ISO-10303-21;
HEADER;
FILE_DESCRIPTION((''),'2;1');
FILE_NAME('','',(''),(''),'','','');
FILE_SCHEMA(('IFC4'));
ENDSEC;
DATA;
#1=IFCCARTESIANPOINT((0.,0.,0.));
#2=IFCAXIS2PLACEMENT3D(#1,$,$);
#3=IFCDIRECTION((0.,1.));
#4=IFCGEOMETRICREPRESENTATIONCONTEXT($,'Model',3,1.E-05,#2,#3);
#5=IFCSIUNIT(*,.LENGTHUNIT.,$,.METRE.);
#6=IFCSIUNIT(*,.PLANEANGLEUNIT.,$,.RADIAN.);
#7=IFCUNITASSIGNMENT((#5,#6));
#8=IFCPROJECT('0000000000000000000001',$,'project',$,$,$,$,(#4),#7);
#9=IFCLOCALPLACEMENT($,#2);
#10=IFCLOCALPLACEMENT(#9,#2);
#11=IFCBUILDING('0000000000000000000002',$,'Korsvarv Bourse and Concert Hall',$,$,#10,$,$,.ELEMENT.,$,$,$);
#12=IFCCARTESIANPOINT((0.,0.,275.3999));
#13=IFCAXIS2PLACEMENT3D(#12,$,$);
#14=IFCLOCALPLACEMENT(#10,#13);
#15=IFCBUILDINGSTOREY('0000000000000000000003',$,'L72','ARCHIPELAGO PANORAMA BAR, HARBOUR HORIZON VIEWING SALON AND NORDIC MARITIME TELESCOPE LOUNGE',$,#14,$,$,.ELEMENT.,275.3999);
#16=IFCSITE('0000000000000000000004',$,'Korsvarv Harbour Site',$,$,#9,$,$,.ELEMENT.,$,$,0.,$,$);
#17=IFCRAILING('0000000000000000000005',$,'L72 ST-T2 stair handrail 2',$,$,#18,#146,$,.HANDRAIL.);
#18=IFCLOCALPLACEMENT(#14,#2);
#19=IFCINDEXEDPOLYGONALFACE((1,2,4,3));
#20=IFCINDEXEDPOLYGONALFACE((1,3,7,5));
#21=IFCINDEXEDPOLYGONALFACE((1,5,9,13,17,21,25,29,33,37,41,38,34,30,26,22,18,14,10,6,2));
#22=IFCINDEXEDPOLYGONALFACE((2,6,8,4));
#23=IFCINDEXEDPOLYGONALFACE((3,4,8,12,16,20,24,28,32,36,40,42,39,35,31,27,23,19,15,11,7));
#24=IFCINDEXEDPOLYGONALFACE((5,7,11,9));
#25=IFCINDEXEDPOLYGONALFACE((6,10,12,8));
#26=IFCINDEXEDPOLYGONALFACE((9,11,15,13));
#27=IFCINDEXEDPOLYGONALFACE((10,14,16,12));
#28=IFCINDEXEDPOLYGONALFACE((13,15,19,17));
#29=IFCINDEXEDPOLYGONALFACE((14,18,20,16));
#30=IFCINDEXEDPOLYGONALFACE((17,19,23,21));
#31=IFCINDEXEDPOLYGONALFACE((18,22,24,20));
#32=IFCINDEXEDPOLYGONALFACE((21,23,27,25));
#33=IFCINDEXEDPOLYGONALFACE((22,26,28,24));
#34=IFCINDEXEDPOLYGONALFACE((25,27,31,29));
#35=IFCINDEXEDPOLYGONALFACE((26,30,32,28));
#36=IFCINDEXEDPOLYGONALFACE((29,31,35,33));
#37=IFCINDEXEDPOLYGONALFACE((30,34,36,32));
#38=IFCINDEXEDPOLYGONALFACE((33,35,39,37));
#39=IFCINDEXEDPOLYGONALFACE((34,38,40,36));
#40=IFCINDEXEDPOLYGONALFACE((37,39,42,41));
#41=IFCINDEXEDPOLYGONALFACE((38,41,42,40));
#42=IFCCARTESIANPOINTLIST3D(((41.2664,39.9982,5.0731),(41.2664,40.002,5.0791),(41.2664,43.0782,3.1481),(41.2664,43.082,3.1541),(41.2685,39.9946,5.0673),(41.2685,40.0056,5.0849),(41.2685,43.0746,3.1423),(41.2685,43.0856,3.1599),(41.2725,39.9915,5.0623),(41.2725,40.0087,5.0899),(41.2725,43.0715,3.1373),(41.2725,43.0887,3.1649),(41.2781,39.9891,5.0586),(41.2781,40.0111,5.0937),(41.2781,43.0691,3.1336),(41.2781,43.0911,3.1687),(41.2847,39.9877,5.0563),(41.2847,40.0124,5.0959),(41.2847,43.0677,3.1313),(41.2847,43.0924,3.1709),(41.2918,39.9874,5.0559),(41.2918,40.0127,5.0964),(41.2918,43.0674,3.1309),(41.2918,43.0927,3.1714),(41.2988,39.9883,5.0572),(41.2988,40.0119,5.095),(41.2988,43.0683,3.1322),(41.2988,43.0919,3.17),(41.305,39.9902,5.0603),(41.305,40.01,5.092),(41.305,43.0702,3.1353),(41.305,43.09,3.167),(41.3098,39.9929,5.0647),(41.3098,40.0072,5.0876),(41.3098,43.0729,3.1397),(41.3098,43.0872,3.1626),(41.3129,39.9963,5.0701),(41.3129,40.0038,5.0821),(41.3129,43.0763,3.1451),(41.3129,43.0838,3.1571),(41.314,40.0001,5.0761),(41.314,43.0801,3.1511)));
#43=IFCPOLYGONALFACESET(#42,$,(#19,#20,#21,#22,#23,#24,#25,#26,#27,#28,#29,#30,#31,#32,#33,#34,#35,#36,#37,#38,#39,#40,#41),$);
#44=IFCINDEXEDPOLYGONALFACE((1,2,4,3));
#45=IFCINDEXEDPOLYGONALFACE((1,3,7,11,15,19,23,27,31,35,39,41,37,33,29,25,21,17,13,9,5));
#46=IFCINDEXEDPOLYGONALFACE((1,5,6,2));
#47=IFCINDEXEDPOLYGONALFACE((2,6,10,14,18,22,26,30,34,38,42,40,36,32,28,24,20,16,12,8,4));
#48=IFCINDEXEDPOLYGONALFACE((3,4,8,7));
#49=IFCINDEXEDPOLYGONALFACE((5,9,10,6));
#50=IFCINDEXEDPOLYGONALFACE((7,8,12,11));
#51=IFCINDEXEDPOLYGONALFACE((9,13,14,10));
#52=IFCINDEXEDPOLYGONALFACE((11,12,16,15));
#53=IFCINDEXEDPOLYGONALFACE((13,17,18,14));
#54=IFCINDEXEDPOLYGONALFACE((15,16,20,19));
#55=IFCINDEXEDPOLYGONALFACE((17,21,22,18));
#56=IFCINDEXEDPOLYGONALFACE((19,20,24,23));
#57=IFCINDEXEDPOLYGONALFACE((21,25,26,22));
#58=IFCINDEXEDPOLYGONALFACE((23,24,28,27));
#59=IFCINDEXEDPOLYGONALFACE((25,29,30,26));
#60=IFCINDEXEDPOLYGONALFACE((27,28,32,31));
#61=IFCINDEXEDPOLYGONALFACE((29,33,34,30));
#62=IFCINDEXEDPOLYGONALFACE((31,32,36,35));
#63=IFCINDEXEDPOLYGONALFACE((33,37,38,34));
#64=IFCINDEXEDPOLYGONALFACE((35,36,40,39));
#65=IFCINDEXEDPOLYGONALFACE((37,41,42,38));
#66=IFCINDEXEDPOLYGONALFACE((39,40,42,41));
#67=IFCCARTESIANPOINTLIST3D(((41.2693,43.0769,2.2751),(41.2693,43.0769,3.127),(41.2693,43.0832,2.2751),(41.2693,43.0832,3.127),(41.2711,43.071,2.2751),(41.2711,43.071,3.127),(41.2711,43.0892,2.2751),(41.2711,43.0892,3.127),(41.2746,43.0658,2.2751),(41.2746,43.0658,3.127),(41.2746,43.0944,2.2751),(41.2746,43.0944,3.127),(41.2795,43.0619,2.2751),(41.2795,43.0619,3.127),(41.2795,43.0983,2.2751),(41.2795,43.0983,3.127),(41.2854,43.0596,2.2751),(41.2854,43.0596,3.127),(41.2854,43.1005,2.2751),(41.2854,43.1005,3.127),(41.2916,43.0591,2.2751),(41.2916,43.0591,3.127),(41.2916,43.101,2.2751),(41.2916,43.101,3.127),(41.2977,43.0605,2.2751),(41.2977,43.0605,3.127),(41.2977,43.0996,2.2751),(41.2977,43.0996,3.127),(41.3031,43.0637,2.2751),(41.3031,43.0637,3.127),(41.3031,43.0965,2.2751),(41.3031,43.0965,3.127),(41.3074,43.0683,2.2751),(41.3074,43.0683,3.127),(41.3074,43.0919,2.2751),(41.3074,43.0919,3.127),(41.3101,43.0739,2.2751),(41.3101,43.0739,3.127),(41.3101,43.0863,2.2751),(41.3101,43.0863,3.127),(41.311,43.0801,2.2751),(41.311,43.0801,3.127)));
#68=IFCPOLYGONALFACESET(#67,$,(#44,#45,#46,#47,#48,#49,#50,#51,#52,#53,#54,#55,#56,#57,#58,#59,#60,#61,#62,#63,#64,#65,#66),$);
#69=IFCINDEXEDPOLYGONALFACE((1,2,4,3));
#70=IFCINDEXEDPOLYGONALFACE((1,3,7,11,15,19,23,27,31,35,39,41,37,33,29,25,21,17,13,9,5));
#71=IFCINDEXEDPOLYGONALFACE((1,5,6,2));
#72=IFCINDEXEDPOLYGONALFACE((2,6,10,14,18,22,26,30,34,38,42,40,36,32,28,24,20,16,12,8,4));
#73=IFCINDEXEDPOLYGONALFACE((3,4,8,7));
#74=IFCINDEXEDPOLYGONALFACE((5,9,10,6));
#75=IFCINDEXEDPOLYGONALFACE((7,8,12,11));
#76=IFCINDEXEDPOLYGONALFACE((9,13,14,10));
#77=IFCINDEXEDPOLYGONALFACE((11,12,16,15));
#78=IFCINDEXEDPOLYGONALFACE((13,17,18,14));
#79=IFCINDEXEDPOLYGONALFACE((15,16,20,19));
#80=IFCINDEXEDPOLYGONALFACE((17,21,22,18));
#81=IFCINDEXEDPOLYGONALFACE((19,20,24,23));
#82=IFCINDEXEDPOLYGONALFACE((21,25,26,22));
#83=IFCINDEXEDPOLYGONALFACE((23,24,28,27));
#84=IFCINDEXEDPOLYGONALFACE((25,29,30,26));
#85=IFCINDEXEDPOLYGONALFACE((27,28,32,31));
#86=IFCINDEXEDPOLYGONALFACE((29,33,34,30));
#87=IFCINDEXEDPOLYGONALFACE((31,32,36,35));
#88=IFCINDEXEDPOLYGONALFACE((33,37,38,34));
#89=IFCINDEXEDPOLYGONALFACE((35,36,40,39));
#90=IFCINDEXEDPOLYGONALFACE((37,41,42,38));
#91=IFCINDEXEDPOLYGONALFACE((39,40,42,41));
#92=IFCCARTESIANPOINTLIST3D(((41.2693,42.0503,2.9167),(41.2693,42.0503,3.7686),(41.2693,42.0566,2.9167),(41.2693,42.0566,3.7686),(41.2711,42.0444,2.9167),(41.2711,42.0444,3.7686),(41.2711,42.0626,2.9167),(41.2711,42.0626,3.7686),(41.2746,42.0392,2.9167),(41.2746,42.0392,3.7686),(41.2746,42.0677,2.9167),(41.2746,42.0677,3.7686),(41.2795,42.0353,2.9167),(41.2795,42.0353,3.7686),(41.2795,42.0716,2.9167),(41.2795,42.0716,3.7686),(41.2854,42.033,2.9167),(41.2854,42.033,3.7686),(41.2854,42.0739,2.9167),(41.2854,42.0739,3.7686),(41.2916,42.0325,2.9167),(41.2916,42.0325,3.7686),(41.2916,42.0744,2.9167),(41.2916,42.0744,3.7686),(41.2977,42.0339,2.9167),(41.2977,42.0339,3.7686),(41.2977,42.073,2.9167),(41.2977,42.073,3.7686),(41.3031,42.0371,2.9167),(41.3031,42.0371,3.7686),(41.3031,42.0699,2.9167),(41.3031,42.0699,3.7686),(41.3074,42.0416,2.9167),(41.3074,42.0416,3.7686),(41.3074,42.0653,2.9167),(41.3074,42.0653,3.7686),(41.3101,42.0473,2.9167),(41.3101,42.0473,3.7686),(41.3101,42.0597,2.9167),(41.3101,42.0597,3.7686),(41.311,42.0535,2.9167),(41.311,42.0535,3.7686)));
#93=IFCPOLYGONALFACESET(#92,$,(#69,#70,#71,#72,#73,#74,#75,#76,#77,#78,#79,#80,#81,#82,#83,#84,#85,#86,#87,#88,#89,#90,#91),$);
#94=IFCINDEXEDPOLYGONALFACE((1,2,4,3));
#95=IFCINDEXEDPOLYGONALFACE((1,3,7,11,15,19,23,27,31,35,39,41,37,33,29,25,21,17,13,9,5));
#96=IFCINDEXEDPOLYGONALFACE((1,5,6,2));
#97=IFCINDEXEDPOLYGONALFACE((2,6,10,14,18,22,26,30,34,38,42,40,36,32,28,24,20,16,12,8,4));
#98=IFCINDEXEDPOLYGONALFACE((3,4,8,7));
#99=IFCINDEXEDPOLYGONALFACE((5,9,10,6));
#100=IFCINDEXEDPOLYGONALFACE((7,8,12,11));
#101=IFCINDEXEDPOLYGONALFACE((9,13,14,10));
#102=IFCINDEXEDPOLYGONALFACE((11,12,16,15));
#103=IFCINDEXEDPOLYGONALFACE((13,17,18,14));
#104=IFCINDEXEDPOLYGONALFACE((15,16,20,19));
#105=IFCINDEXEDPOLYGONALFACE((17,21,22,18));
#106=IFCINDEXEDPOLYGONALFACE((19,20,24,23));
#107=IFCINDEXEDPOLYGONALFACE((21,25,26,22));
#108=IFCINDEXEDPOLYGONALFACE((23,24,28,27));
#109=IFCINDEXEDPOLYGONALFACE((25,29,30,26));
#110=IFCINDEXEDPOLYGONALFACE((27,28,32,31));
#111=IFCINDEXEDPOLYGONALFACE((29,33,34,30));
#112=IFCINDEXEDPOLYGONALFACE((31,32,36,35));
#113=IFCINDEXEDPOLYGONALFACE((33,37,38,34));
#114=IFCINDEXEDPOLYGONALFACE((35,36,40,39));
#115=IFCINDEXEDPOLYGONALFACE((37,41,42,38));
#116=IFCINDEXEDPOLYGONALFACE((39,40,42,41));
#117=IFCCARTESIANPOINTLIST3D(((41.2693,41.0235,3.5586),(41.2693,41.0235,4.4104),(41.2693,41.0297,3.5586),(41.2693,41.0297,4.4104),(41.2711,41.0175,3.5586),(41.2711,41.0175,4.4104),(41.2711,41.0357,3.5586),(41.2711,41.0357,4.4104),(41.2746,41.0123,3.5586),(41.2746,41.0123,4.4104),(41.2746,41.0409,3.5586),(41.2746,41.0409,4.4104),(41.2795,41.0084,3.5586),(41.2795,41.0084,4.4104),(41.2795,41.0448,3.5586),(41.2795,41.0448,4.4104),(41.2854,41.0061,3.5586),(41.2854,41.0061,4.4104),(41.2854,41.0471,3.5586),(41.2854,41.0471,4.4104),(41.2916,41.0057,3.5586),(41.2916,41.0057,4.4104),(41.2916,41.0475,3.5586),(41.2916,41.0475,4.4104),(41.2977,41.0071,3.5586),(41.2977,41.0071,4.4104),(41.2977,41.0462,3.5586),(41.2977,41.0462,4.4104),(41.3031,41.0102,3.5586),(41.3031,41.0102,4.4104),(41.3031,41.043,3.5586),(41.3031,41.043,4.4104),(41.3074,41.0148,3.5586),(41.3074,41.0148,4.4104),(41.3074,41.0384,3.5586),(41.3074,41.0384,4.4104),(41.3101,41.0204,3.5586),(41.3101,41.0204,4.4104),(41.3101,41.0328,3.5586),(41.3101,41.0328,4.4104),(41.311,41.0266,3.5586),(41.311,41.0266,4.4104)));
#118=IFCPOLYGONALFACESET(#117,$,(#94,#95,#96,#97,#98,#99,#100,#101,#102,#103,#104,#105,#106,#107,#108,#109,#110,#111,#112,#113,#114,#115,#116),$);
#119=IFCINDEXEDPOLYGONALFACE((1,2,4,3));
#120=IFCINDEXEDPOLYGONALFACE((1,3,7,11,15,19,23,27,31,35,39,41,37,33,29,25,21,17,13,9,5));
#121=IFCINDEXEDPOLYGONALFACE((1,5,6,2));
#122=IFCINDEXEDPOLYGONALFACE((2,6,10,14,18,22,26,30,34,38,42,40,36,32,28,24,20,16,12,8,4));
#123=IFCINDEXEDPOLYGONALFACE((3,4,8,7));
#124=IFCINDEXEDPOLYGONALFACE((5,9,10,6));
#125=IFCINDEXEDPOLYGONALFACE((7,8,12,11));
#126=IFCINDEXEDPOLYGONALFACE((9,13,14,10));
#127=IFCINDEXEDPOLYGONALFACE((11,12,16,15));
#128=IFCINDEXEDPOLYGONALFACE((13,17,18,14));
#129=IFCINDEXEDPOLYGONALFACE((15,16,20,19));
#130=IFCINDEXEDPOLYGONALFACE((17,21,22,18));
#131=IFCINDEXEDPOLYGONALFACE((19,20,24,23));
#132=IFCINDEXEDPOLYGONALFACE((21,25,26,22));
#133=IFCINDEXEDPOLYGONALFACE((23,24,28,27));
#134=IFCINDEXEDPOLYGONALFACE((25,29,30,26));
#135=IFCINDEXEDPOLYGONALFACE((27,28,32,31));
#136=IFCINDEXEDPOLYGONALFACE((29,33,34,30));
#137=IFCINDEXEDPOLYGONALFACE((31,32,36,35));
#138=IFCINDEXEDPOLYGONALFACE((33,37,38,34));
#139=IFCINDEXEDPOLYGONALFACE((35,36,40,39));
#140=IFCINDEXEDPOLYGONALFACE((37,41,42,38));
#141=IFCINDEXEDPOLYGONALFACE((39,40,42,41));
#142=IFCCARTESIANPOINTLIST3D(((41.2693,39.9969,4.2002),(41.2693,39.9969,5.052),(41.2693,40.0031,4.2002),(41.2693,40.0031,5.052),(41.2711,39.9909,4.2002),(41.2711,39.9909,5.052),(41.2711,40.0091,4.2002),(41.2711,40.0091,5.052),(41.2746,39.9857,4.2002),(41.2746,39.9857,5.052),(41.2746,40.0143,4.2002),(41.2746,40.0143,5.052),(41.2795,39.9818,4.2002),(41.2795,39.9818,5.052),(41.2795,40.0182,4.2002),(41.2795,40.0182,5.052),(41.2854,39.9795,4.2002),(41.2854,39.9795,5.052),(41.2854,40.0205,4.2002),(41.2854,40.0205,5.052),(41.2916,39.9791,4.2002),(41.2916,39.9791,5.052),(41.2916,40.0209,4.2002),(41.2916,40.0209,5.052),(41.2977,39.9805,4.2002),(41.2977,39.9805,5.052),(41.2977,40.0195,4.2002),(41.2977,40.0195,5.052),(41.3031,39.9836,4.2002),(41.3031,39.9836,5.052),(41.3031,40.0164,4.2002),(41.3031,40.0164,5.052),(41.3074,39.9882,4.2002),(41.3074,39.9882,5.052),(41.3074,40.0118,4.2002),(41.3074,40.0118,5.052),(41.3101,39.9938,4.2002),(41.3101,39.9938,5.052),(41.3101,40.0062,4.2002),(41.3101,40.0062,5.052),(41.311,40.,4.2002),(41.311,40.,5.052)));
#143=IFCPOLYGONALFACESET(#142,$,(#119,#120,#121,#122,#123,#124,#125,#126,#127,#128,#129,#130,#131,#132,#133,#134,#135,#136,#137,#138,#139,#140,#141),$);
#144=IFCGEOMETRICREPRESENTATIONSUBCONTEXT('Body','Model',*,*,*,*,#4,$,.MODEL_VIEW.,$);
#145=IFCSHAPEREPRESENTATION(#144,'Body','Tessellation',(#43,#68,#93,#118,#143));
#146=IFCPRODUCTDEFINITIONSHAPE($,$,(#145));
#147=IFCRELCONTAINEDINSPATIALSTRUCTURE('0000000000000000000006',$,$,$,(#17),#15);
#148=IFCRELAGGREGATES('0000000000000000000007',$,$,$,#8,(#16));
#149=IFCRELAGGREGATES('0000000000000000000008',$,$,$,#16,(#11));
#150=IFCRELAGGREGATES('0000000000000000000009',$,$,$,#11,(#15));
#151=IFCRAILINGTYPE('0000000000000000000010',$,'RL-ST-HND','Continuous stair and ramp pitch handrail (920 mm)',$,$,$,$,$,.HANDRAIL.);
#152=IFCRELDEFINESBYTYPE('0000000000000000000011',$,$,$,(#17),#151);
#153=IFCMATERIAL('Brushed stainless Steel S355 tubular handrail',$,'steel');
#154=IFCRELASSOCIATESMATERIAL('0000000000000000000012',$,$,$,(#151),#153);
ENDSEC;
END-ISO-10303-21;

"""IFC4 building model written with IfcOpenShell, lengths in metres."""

from ifc_helpers import new_model, si_unit, direction, frame, origin, origin_2d, place, context, subcontext, project, spatial, circle, extrude, material, type_object, element, save


model = new_model("IFC4")

# Units and contexts
model_context = context("Model", 3, precision=1e-05, world=origin(), true_north=direction((0.0, 1.0)))
body_context = subcontext(model_context, "Body", "Model", "MODEL_VIEW")
ifc_project = project(units=[si_unit("LENGTHUNIT", "METRE"), si_unit("PLANEANGLEUNIT", "RADIAN")], contexts=[model_context])

# Site, building, storey
site_placement = place(None, origin())
site = spatial("IfcSite", under=ifc_project, at=site_placement, Name="Korsvarv Harbour Site", CompositionType="ELEMENT", RefElevation=0.0)
building_placement = place(site_placement, origin())
building = spatial("IfcBuilding", under=site, at=building_placement, Name="Korsvarv Bourse and Concert Hall", CompositionType="ELEMENT")
storey_placement = place(building_placement, frame((0.0, 0.0, 275.3999)))
storey = spatial("IfcBuildingStorey", under=building, at=storey_placement, Name="L72", Description="ARCHIPELAGO PANORAMA BAR, HARBOUR HORIZON VIEWING SALON AND NORDIC MARITIME TELESCOPE LOUNGE", CompositionType="ELEMENT", Elevation=275.3999)

# Railing
ifc_material_1 = material(Name="Brushed stainless Steel S355 tubular handrail", Category="steel")
railing_type_1 = type_object("IfcRailingType", Name="RL-ST-HND", Description="Continuous stair and ramp pitch handrail (920 mm)", PredefinedType="HANDRAIL", material=ifc_material_1)
railing_1_placement = place(storey_placement, frame((41.29, 43.0801, 2.2751)))
element("IfcRailing", 1, at=railing_1_placement, inside=storey, type_object=railing_type_1, Name="L72 ST-T2 stair handrail 2", PredefinedType="HANDRAIL", context=body_context, shape_type="SweptSolid", body=[
    extrude(circle(Radius=0.0239, at=origin_2d()), frame((0.0, 0.0, 0.876), z_axis=(0.0, -0.847998, 0.529999), x_axis=(1.0, 0.0, 0.0)), (0.0, 0.0, 1.0), 3.6321),
    extrude(circle(Radius=0.021, at=origin_2d()), origin(), (0.0, 0.0, 1.0), 0.8518),
    extrude(circle(Radius=0.021, at=origin_2d()), frame((0.0, -1.0266, 0.6416)), (0.0, 0.0, 1.0), 0.8518),
    extrude(circle(Radius=0.021, at=origin_2d()), frame((0.0, -2.0535, 1.2834)), (0.0, 0.0, 1.0), 0.8518),
    extrude(circle(Radius=0.021, at=origin_2d()), frame((0.0, -3.0801, 1.925)), (0.0, 0.0, 1.0), 0.8518),
])

save(model, "model.ifc")
